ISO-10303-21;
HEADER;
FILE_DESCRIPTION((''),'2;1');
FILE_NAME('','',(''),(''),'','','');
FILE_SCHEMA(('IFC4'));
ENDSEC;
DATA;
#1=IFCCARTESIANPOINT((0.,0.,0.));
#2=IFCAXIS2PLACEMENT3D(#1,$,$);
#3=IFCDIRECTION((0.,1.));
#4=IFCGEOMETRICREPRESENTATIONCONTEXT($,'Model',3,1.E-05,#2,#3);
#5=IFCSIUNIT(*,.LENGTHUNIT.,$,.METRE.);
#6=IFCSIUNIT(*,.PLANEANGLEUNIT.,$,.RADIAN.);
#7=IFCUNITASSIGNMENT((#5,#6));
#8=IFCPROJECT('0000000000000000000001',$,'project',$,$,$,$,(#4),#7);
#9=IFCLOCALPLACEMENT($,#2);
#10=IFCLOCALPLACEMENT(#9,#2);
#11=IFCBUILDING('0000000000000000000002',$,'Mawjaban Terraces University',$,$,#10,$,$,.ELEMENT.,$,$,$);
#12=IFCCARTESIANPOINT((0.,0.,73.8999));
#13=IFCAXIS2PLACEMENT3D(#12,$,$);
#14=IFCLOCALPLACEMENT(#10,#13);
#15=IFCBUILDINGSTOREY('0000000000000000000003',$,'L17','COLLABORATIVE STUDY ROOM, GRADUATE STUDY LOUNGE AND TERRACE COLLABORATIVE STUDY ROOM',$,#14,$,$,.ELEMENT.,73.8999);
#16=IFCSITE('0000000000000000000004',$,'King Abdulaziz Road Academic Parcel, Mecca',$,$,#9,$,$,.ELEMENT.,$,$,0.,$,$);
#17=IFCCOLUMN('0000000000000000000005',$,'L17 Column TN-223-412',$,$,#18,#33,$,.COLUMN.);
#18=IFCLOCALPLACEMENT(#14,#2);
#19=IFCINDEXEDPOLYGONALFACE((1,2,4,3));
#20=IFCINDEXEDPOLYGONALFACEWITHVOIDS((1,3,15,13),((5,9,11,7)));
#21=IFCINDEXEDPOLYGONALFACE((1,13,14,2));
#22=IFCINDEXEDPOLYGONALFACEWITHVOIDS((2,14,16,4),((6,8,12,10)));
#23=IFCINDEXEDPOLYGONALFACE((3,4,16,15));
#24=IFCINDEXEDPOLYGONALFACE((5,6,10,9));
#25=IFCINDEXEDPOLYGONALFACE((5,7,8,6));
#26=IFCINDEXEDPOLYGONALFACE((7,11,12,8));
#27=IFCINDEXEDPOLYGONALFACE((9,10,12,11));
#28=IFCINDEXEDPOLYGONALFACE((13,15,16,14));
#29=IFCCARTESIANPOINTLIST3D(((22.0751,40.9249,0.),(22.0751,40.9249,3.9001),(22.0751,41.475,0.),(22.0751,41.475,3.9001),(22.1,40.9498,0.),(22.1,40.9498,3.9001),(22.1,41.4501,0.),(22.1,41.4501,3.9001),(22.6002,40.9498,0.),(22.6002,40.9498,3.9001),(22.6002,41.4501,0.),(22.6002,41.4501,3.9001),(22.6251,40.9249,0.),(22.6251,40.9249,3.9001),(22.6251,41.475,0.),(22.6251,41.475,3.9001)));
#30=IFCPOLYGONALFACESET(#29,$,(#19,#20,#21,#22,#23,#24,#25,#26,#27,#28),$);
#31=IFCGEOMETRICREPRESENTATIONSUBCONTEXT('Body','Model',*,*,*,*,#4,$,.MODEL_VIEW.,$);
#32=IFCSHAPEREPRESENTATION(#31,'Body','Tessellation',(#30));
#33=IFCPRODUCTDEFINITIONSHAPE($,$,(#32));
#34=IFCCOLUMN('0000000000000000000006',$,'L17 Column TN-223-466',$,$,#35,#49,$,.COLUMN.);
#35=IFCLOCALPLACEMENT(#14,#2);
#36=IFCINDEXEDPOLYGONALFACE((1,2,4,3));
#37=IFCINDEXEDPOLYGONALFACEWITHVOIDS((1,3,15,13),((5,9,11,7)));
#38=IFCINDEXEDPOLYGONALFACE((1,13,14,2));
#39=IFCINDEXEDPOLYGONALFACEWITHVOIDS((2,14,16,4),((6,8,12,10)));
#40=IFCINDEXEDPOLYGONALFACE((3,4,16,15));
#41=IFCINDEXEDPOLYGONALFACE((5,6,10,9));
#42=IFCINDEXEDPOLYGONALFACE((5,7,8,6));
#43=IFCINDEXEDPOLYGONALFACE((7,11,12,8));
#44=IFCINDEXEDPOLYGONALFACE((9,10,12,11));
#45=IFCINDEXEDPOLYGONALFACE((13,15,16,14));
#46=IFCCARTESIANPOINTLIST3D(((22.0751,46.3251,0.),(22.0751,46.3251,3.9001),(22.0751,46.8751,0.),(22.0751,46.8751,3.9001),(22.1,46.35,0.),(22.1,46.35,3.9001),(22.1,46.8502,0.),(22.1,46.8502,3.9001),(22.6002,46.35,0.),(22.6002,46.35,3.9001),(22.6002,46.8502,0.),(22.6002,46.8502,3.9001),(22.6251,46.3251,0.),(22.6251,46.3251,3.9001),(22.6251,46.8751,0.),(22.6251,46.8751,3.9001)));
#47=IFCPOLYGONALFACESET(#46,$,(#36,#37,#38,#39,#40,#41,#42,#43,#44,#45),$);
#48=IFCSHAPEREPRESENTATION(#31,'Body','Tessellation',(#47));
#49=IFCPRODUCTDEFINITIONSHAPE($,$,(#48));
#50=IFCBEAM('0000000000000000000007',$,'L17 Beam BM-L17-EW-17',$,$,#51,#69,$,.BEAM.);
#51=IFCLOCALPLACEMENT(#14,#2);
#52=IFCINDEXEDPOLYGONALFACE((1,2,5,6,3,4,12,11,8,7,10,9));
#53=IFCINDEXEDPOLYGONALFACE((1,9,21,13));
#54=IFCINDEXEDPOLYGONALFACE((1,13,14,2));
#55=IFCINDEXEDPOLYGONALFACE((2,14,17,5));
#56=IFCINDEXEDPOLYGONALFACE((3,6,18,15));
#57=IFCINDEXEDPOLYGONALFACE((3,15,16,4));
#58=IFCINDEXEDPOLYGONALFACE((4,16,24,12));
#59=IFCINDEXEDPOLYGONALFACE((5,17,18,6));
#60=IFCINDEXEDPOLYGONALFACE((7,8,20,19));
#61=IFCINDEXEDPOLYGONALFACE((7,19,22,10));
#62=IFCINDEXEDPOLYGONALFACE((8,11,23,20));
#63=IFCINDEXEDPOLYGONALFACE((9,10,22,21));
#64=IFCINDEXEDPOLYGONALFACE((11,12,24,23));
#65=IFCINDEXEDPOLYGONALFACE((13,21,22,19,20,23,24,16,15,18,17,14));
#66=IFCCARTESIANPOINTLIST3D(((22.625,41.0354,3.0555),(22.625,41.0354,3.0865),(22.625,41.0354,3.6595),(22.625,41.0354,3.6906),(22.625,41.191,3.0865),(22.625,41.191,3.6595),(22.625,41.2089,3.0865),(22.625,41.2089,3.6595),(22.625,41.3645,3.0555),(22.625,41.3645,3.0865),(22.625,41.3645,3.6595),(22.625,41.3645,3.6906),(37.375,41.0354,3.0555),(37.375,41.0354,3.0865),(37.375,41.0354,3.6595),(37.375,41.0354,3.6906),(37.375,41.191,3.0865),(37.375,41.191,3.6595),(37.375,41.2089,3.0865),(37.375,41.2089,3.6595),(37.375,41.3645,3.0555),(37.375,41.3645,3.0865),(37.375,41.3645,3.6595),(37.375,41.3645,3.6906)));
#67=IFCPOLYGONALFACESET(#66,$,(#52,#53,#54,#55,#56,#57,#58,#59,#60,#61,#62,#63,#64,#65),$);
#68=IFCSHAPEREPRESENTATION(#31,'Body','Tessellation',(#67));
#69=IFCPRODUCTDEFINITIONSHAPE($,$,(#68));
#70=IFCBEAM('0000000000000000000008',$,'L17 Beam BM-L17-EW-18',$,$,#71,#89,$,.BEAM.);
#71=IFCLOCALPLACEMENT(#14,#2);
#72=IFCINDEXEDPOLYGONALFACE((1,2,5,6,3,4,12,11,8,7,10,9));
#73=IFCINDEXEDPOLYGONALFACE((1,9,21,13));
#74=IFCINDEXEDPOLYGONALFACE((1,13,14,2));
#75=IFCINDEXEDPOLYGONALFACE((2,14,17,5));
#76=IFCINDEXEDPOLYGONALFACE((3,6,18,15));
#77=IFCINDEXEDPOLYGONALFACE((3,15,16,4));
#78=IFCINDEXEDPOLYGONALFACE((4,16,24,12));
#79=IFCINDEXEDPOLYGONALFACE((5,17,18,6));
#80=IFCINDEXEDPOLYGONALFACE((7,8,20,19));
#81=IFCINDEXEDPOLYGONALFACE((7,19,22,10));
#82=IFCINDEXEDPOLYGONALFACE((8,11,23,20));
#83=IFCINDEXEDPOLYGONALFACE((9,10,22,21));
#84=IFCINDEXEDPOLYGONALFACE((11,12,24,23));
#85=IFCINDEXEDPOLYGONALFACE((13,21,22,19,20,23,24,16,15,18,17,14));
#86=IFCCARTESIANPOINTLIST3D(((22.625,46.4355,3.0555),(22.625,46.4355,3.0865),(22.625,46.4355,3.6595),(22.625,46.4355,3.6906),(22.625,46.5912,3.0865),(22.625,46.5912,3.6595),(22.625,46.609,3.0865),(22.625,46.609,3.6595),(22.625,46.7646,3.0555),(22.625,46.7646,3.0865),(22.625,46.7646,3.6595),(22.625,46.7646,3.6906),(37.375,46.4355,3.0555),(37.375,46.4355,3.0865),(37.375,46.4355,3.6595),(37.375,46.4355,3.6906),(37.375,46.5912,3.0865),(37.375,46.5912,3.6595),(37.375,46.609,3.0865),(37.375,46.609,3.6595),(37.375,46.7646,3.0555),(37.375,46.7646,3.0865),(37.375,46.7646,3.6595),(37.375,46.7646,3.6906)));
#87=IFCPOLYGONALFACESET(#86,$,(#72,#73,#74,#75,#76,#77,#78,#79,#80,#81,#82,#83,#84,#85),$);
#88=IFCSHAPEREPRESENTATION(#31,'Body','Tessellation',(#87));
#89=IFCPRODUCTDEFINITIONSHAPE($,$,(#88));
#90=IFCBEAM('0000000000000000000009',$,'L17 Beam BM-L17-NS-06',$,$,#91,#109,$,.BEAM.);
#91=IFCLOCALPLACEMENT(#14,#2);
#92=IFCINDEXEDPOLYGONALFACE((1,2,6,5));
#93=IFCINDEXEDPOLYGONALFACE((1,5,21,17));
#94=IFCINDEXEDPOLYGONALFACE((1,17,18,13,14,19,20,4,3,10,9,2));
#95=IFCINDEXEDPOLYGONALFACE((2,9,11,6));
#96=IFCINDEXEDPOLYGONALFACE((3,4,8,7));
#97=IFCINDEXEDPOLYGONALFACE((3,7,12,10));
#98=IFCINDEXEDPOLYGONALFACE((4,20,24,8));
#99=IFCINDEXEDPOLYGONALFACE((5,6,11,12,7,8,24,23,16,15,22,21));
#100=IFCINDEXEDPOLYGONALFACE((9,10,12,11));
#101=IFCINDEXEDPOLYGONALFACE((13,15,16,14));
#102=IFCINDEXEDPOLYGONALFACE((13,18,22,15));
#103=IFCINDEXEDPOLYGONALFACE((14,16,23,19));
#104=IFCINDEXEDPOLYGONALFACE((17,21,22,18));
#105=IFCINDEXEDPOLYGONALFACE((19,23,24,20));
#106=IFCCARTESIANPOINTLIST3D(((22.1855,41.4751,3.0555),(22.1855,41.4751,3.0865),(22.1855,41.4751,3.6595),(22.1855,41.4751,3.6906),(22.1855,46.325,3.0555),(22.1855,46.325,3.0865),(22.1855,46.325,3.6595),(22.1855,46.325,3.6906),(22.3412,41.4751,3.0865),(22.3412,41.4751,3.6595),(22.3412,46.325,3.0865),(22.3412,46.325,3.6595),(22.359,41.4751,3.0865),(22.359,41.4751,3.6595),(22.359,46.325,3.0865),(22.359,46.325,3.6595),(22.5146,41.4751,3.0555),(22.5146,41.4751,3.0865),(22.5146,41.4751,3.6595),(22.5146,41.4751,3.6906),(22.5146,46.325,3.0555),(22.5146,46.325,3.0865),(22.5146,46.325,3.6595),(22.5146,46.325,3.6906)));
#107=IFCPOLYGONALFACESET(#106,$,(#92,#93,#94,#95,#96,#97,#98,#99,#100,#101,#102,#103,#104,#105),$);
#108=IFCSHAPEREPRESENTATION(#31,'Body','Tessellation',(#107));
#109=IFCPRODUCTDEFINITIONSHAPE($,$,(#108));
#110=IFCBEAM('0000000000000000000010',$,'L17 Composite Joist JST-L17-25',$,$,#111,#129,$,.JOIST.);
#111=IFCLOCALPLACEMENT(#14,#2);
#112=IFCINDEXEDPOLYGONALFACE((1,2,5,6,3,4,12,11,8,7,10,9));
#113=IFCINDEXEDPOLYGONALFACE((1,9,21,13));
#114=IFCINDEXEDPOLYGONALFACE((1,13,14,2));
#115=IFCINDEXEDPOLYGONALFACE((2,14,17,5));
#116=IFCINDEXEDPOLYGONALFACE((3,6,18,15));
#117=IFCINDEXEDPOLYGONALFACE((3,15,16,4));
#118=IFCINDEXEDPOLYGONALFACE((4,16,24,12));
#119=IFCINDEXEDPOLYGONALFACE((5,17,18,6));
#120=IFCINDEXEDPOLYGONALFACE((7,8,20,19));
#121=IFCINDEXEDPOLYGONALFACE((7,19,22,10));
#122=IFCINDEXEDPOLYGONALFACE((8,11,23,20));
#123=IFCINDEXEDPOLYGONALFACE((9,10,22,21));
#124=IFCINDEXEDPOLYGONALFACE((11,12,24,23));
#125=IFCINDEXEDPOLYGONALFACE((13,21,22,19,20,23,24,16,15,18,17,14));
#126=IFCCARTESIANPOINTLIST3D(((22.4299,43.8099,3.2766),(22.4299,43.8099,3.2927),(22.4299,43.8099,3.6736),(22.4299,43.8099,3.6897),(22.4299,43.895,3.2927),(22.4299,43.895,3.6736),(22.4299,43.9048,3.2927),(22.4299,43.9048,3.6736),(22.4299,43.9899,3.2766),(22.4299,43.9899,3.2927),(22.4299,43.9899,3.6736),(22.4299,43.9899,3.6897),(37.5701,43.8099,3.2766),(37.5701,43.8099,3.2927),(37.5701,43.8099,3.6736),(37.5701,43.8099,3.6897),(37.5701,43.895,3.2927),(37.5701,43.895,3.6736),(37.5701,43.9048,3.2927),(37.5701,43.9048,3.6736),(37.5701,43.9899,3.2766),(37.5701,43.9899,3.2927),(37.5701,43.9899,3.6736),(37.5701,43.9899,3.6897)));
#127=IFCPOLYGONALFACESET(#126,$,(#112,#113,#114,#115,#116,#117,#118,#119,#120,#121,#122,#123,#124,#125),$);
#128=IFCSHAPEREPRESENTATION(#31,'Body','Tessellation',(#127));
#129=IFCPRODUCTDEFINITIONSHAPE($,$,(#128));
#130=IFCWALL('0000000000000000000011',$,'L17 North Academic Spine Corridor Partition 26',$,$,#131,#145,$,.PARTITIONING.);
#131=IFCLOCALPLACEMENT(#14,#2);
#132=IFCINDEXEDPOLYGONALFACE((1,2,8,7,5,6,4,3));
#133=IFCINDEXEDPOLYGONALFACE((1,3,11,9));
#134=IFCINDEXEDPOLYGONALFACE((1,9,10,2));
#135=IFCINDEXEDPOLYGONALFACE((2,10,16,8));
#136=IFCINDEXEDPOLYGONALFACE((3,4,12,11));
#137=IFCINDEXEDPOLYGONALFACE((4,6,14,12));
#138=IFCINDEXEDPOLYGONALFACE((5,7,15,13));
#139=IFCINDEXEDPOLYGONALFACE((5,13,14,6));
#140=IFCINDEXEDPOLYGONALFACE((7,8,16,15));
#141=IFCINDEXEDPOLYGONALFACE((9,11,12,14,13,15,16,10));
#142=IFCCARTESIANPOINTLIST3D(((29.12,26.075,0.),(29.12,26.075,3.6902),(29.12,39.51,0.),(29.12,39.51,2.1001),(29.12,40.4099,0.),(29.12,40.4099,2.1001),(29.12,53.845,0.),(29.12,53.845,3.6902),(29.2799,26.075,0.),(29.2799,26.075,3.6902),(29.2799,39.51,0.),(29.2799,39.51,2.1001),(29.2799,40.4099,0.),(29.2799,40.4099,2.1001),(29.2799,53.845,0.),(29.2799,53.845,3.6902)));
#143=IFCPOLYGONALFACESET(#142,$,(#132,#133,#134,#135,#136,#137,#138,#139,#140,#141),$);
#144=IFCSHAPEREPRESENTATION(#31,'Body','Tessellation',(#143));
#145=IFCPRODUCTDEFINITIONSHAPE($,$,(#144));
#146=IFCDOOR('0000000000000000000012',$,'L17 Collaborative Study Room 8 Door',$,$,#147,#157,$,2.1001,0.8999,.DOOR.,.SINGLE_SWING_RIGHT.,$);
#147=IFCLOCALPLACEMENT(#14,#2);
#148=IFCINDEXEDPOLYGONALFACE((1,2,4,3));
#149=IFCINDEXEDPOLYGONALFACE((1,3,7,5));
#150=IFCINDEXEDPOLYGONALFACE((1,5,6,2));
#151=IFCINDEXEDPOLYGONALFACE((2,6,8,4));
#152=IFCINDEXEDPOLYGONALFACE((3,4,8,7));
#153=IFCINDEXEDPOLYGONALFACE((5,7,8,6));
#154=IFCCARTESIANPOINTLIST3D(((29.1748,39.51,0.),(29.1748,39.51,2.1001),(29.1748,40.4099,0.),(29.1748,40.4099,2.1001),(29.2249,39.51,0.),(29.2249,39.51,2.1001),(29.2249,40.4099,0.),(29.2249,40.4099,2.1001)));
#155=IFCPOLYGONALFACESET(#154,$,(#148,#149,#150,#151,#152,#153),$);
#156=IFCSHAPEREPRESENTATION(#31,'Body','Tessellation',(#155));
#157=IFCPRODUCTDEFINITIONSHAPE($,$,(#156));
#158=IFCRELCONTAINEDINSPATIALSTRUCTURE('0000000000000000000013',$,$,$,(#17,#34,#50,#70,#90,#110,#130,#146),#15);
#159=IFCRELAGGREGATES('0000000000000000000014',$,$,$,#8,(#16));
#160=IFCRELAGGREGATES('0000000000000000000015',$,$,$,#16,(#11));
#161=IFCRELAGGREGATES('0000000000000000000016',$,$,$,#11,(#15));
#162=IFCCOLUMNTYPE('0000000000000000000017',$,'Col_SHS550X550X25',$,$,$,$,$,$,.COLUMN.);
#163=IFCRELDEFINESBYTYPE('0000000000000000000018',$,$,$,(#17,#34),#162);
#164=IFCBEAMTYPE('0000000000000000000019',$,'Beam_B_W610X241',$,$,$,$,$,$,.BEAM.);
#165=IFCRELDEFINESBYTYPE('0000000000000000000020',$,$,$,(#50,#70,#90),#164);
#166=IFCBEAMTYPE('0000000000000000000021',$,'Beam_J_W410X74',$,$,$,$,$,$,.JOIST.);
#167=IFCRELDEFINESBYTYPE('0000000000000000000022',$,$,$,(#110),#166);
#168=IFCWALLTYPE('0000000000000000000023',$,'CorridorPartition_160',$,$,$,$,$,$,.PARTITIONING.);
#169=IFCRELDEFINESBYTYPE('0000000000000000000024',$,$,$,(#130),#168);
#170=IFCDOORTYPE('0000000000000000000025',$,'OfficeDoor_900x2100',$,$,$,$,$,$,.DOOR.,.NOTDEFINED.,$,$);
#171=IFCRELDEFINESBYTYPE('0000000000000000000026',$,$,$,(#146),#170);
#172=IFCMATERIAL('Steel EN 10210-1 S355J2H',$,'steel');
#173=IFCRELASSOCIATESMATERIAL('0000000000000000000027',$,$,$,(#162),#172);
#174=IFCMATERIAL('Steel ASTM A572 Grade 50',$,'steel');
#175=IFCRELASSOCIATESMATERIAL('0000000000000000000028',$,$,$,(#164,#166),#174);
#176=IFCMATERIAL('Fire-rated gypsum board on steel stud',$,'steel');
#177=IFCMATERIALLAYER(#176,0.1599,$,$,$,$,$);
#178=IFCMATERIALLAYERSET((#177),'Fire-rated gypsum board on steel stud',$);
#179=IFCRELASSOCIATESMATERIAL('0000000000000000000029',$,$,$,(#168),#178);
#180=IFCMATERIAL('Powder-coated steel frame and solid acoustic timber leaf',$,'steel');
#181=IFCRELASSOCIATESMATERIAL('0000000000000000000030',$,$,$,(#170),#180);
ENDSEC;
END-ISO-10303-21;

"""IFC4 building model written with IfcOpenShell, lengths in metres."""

from ifc_helpers import new_model, si_unit, direction, frame, frame_2d, origin, origin_2d, place, context, subcontext, project, spatial, rectangle, hollow_rectangle, i_section, extrude, material, layer, layer_set, material_profile, profile_set, type_object, element, fill, save


model = new_model("IFC4")

# Units and contexts
model_context = context("Model", 3, precision=1e-05, world=origin(), true_north=direction((0.0, 1.0)))
body_context = subcontext(model_context, "Body", "Model", "MODEL_VIEW")
ifc_project = project(units=[si_unit("LENGTHUNIT", "METRE"), si_unit("PLANEANGLEUNIT", "RADIAN")], contexts=[model_context])

# Site, building, storey
site_placement = place(None, origin())
site = spatial("IfcSite", under=ifc_project, at=site_placement, Name="King Abdulaziz Road Academic Parcel, Mecca", CompositionType="ELEMENT", RefElevation=0.0)
building_placement = place(site_placement, origin())
building = spatial("IfcBuilding", under=site, at=building_placement, Name="Mawjaban Terraces University", CompositionType="ELEMENT")
storey_placement = place(building_placement, frame((0.0, 0.0, 73.8999)))
storey = spatial("IfcBuildingStorey", under=building, at=storey_placement, Name="L17", Description="COLLABORATIVE STUDY ROOM, GRADUATE STUDY LOUNGE AND TERRACE COLLABORATIVE STUDY ROOM", CompositionType="ELEMENT", Elevation=73.8999)

# Columns
ifc_material_1 = material(Name="Steel EN 10210-1 S355J2H", Category="steel")
ifc_material_profile_1 = material_profile(ifc_material_1, hollow_rectangle(XDim=0.55, YDim=0.55, WallThickness=0.0249, at=origin_2d()), Name="SHS550X550X25")
ifc_profile_set_1 = profile_set([ifc_material_profile_1], Name="Steel EN 10210-1 S355J2H")
column_type = type_object("IfcColumnType", Name="Col_SHS550X550X25", PredefinedType="COLUMN", material=ifc_profile_set_1)
for number, where, z_axis, x_axis, name in (
    (1, (22.3501, 41.2, 0.0), (0.0, 0.0, 1.0), (1.0, 0.0, 0.0), "L17 Column TN-223-412"),
    (2, (22.3501, 46.6001, 0.0), (0.0, 0.0, 1.0), (1.0, 0.0, 0.0), "L17 Column TN-223-466"),
):
    element("IfcColumn", number, at=place(storey_placement, frame(where, z_axis=z_axis, x_axis=x_axis)), inside=storey, type_object=column_type, Name=name, PredefinedType="COLUMN", context=body_context, shape_type="SweptSolid", body=[
        extrude(hollow_rectangle(XDim=0.55, YDim=0.55, WallThickness=0.0249, at=origin_2d()), origin(), (0.0, 0.0, 1.0), 3.9001),
    ])

# Beams
ifc_material_2 = material(Name="Steel ASTM A572 Grade 50", Category="steel")
ifc_material_profile_2 = material_profile(ifc_material_2, i_section(OverallWidth=0.3291, OverallDepth=0.635, WebThickness=0.0178, FlangeThickness=0.031, at=origin_2d()), Name="W610X241")
ifc_profile_set_2 = profile_set([ifc_material_profile_2], Name="Steel ASTM A572 Grade 50")
beam_type_1 = type_object("IfcBeamType", Name="Beam_B_W610X241", PredefinedType="BEAM", material=ifc_profile_set_2)
for number, where, z_axis, x_axis, name in (
    (3, (22.625, 41.2, 3.373), (1.0, 0.0, 0.0), (0.0, 1.0, 0.0), "L17 Beam BM-L17-EW-17"),
    (4, (22.625, 46.6001, 3.373), (1.0, 0.0, 0.0), (0.0, 1.0, 0.0), "L17 Beam BM-L17-EW-18"),
):
    element("IfcBeam", number, at=place(storey_placement, frame(where, z_axis=z_axis, x_axis=x_axis)), inside=storey, type_object=beam_type_1, Name=name, PredefinedType="BEAM", context=body_context, shape_type="SweptSolid", body=[
        extrude(i_section(OverallWidth=0.3291, OverallDepth=0.635, WebThickness=0.0178, FlangeThickness=0.031, at=origin_2d()), origin(), (0.0, 0.0, 1.0), 14.75),
    ])
beam_1_placement = place(storey_placement, frame((22.3501, 41.4751, 3.373), z_axis=(0.0, 1.0, 0.0), x_axis=(-1.0, 0.0, 0.0)))
element("IfcBeam", 5, at=beam_1_placement, inside=storey, type_object=beam_type_1, Name="L17 Beam BM-L17-NS-06", PredefinedType="BEAM", context=body_context, shape_type="SweptSolid", body=[
    extrude(i_section(OverallWidth=0.3291, OverallDepth=0.635, WebThickness=0.0178, FlangeThickness=0.031, at=origin_2d()), origin(), (0.0, 0.0, 1.0), 4.8499),
])
ifc_material_profile_3 = material_profile(ifc_material_2, i_section(OverallWidth=0.1799, OverallDepth=0.4131, WebThickness=0.0098, FlangeThickness=0.0161, at=origin_2d()), Name="W410X74")
ifc_profile_set_3 = profile_set([ifc_material_profile_3], Name="Steel ASTM A572 Grade 50")
beam_type_2 = type_object("IfcBeamType", Name="Beam_J_W410X74", PredefinedType="JOIST", material=ifc_profile_set_3)
beam_2_placement = place(storey_placement, frame((22.4299, 43.8999, 3.4832), z_axis=(1.0, 0.0, 0.0), x_axis=(0.0, 1.0, 0.0)))
element("IfcBeam", 6, at=beam_2_placement, inside=storey, type_object=beam_type_2, Name="L17 Composite Joist JST-L17-25", PredefinedType="JOIST", context=body_context, shape_type="SweptSolid", body=[
    extrude(i_section(OverallWidth=0.1799, OverallDepth=0.4131, WebThickness=0.0098, FlangeThickness=0.0161, at=origin_2d()), origin(), (0.0, 0.0, 1.0), 15.1401),
])

# Wall, opening, door
ifc_material_3 = material(Name="Fire-rated gypsum board on steel stud", Category="steel")
ifc_layer_1 = layer(ifc_material_3, 0.1599)
ifc_layer_set_1 = layer_set([ifc_layer_1], Name="Fire-rated gypsum board on steel stud")
wall_type_1 = type_object("IfcWallType", Name="CorridorPartition_160", PredefinedType="PARTITIONING", material=ifc_layer_set_1)
wall_1_placement = place(storey_placement, frame((29.2, 53.845, 0.0), z_axis=(0.0, 0.0, 1.0), x_axis=(0.0, -1.0, 0.0)))
wall_1 = element("IfcWall", 7, at=wall_1_placement, inside=storey, type_object=wall_type_1, Name="L17 North Academic Spine Corridor Partition 26", PredefinedType="PARTITIONING", context=body_context, shape_type="SweptSolid", body=[
    extrude(rectangle(XDim=27.77, YDim=0.1599, at=frame_2d((13.885, 0.0))), origin(), (0.0, 0.0, 1.0), 3.6902),
])
opening_1_placement = place(wall_1_placement, frame((13.4351, 0.0, 0.0)))
opening_1 = element("IfcOpeningElement", 8, at=opening_1_placement, cuts=wall_1, PredefinedType="OPENING", context=body_context, shape_type="SweptSolid", body=[
    extrude(rectangle(XDim=0.8999, YDim=2.1001, at=frame_2d((0.45, 1.05))), frame((0.0, 0.0898, 0.0), z_axis=(0.0, -1.0, 0.0), x_axis=(1.0, 0.0, 0.0)), (0.0, 0.0, 1.0), 0.1799),
])
ifc_material_4 = material(Name="Powder-coated steel frame and solid acoustic timber leaf", Category="steel")
door_type_1 = type_object("IfcDoorType", Name="OfficeDoor_900x2100", OperationType="NOTDEFINED", PredefinedType="DOOR", material=ifc_material_4)
door_1_placement = place(opening_1_placement, origin())
door_1 = element("IfcDoor", 9, at=door_1_placement, inside=storey, type_object=door_type_1, Name="L17 Collaborative Study Room 8 Door", OperationType="SINGLE_SWING_RIGHT", OverallHeight=2.1001, OverallWidth=0.8999, PredefinedType="DOOR", context=body_context, shape_type="SweptSolid", body=[
    extrude(rectangle(XDim=0.8999, YDim=2.1001, at=frame_2d((0.45, 1.05))), frame((0.0, 0.0249, 0.0), z_axis=(0.0, -1.0, 0.0), x_axis=(1.0, 0.0, 0.0)), (0.0, 0.0, 1.0), 0.05),
])
fill(opening_1, door_1)

save(model, "model.ifc")
